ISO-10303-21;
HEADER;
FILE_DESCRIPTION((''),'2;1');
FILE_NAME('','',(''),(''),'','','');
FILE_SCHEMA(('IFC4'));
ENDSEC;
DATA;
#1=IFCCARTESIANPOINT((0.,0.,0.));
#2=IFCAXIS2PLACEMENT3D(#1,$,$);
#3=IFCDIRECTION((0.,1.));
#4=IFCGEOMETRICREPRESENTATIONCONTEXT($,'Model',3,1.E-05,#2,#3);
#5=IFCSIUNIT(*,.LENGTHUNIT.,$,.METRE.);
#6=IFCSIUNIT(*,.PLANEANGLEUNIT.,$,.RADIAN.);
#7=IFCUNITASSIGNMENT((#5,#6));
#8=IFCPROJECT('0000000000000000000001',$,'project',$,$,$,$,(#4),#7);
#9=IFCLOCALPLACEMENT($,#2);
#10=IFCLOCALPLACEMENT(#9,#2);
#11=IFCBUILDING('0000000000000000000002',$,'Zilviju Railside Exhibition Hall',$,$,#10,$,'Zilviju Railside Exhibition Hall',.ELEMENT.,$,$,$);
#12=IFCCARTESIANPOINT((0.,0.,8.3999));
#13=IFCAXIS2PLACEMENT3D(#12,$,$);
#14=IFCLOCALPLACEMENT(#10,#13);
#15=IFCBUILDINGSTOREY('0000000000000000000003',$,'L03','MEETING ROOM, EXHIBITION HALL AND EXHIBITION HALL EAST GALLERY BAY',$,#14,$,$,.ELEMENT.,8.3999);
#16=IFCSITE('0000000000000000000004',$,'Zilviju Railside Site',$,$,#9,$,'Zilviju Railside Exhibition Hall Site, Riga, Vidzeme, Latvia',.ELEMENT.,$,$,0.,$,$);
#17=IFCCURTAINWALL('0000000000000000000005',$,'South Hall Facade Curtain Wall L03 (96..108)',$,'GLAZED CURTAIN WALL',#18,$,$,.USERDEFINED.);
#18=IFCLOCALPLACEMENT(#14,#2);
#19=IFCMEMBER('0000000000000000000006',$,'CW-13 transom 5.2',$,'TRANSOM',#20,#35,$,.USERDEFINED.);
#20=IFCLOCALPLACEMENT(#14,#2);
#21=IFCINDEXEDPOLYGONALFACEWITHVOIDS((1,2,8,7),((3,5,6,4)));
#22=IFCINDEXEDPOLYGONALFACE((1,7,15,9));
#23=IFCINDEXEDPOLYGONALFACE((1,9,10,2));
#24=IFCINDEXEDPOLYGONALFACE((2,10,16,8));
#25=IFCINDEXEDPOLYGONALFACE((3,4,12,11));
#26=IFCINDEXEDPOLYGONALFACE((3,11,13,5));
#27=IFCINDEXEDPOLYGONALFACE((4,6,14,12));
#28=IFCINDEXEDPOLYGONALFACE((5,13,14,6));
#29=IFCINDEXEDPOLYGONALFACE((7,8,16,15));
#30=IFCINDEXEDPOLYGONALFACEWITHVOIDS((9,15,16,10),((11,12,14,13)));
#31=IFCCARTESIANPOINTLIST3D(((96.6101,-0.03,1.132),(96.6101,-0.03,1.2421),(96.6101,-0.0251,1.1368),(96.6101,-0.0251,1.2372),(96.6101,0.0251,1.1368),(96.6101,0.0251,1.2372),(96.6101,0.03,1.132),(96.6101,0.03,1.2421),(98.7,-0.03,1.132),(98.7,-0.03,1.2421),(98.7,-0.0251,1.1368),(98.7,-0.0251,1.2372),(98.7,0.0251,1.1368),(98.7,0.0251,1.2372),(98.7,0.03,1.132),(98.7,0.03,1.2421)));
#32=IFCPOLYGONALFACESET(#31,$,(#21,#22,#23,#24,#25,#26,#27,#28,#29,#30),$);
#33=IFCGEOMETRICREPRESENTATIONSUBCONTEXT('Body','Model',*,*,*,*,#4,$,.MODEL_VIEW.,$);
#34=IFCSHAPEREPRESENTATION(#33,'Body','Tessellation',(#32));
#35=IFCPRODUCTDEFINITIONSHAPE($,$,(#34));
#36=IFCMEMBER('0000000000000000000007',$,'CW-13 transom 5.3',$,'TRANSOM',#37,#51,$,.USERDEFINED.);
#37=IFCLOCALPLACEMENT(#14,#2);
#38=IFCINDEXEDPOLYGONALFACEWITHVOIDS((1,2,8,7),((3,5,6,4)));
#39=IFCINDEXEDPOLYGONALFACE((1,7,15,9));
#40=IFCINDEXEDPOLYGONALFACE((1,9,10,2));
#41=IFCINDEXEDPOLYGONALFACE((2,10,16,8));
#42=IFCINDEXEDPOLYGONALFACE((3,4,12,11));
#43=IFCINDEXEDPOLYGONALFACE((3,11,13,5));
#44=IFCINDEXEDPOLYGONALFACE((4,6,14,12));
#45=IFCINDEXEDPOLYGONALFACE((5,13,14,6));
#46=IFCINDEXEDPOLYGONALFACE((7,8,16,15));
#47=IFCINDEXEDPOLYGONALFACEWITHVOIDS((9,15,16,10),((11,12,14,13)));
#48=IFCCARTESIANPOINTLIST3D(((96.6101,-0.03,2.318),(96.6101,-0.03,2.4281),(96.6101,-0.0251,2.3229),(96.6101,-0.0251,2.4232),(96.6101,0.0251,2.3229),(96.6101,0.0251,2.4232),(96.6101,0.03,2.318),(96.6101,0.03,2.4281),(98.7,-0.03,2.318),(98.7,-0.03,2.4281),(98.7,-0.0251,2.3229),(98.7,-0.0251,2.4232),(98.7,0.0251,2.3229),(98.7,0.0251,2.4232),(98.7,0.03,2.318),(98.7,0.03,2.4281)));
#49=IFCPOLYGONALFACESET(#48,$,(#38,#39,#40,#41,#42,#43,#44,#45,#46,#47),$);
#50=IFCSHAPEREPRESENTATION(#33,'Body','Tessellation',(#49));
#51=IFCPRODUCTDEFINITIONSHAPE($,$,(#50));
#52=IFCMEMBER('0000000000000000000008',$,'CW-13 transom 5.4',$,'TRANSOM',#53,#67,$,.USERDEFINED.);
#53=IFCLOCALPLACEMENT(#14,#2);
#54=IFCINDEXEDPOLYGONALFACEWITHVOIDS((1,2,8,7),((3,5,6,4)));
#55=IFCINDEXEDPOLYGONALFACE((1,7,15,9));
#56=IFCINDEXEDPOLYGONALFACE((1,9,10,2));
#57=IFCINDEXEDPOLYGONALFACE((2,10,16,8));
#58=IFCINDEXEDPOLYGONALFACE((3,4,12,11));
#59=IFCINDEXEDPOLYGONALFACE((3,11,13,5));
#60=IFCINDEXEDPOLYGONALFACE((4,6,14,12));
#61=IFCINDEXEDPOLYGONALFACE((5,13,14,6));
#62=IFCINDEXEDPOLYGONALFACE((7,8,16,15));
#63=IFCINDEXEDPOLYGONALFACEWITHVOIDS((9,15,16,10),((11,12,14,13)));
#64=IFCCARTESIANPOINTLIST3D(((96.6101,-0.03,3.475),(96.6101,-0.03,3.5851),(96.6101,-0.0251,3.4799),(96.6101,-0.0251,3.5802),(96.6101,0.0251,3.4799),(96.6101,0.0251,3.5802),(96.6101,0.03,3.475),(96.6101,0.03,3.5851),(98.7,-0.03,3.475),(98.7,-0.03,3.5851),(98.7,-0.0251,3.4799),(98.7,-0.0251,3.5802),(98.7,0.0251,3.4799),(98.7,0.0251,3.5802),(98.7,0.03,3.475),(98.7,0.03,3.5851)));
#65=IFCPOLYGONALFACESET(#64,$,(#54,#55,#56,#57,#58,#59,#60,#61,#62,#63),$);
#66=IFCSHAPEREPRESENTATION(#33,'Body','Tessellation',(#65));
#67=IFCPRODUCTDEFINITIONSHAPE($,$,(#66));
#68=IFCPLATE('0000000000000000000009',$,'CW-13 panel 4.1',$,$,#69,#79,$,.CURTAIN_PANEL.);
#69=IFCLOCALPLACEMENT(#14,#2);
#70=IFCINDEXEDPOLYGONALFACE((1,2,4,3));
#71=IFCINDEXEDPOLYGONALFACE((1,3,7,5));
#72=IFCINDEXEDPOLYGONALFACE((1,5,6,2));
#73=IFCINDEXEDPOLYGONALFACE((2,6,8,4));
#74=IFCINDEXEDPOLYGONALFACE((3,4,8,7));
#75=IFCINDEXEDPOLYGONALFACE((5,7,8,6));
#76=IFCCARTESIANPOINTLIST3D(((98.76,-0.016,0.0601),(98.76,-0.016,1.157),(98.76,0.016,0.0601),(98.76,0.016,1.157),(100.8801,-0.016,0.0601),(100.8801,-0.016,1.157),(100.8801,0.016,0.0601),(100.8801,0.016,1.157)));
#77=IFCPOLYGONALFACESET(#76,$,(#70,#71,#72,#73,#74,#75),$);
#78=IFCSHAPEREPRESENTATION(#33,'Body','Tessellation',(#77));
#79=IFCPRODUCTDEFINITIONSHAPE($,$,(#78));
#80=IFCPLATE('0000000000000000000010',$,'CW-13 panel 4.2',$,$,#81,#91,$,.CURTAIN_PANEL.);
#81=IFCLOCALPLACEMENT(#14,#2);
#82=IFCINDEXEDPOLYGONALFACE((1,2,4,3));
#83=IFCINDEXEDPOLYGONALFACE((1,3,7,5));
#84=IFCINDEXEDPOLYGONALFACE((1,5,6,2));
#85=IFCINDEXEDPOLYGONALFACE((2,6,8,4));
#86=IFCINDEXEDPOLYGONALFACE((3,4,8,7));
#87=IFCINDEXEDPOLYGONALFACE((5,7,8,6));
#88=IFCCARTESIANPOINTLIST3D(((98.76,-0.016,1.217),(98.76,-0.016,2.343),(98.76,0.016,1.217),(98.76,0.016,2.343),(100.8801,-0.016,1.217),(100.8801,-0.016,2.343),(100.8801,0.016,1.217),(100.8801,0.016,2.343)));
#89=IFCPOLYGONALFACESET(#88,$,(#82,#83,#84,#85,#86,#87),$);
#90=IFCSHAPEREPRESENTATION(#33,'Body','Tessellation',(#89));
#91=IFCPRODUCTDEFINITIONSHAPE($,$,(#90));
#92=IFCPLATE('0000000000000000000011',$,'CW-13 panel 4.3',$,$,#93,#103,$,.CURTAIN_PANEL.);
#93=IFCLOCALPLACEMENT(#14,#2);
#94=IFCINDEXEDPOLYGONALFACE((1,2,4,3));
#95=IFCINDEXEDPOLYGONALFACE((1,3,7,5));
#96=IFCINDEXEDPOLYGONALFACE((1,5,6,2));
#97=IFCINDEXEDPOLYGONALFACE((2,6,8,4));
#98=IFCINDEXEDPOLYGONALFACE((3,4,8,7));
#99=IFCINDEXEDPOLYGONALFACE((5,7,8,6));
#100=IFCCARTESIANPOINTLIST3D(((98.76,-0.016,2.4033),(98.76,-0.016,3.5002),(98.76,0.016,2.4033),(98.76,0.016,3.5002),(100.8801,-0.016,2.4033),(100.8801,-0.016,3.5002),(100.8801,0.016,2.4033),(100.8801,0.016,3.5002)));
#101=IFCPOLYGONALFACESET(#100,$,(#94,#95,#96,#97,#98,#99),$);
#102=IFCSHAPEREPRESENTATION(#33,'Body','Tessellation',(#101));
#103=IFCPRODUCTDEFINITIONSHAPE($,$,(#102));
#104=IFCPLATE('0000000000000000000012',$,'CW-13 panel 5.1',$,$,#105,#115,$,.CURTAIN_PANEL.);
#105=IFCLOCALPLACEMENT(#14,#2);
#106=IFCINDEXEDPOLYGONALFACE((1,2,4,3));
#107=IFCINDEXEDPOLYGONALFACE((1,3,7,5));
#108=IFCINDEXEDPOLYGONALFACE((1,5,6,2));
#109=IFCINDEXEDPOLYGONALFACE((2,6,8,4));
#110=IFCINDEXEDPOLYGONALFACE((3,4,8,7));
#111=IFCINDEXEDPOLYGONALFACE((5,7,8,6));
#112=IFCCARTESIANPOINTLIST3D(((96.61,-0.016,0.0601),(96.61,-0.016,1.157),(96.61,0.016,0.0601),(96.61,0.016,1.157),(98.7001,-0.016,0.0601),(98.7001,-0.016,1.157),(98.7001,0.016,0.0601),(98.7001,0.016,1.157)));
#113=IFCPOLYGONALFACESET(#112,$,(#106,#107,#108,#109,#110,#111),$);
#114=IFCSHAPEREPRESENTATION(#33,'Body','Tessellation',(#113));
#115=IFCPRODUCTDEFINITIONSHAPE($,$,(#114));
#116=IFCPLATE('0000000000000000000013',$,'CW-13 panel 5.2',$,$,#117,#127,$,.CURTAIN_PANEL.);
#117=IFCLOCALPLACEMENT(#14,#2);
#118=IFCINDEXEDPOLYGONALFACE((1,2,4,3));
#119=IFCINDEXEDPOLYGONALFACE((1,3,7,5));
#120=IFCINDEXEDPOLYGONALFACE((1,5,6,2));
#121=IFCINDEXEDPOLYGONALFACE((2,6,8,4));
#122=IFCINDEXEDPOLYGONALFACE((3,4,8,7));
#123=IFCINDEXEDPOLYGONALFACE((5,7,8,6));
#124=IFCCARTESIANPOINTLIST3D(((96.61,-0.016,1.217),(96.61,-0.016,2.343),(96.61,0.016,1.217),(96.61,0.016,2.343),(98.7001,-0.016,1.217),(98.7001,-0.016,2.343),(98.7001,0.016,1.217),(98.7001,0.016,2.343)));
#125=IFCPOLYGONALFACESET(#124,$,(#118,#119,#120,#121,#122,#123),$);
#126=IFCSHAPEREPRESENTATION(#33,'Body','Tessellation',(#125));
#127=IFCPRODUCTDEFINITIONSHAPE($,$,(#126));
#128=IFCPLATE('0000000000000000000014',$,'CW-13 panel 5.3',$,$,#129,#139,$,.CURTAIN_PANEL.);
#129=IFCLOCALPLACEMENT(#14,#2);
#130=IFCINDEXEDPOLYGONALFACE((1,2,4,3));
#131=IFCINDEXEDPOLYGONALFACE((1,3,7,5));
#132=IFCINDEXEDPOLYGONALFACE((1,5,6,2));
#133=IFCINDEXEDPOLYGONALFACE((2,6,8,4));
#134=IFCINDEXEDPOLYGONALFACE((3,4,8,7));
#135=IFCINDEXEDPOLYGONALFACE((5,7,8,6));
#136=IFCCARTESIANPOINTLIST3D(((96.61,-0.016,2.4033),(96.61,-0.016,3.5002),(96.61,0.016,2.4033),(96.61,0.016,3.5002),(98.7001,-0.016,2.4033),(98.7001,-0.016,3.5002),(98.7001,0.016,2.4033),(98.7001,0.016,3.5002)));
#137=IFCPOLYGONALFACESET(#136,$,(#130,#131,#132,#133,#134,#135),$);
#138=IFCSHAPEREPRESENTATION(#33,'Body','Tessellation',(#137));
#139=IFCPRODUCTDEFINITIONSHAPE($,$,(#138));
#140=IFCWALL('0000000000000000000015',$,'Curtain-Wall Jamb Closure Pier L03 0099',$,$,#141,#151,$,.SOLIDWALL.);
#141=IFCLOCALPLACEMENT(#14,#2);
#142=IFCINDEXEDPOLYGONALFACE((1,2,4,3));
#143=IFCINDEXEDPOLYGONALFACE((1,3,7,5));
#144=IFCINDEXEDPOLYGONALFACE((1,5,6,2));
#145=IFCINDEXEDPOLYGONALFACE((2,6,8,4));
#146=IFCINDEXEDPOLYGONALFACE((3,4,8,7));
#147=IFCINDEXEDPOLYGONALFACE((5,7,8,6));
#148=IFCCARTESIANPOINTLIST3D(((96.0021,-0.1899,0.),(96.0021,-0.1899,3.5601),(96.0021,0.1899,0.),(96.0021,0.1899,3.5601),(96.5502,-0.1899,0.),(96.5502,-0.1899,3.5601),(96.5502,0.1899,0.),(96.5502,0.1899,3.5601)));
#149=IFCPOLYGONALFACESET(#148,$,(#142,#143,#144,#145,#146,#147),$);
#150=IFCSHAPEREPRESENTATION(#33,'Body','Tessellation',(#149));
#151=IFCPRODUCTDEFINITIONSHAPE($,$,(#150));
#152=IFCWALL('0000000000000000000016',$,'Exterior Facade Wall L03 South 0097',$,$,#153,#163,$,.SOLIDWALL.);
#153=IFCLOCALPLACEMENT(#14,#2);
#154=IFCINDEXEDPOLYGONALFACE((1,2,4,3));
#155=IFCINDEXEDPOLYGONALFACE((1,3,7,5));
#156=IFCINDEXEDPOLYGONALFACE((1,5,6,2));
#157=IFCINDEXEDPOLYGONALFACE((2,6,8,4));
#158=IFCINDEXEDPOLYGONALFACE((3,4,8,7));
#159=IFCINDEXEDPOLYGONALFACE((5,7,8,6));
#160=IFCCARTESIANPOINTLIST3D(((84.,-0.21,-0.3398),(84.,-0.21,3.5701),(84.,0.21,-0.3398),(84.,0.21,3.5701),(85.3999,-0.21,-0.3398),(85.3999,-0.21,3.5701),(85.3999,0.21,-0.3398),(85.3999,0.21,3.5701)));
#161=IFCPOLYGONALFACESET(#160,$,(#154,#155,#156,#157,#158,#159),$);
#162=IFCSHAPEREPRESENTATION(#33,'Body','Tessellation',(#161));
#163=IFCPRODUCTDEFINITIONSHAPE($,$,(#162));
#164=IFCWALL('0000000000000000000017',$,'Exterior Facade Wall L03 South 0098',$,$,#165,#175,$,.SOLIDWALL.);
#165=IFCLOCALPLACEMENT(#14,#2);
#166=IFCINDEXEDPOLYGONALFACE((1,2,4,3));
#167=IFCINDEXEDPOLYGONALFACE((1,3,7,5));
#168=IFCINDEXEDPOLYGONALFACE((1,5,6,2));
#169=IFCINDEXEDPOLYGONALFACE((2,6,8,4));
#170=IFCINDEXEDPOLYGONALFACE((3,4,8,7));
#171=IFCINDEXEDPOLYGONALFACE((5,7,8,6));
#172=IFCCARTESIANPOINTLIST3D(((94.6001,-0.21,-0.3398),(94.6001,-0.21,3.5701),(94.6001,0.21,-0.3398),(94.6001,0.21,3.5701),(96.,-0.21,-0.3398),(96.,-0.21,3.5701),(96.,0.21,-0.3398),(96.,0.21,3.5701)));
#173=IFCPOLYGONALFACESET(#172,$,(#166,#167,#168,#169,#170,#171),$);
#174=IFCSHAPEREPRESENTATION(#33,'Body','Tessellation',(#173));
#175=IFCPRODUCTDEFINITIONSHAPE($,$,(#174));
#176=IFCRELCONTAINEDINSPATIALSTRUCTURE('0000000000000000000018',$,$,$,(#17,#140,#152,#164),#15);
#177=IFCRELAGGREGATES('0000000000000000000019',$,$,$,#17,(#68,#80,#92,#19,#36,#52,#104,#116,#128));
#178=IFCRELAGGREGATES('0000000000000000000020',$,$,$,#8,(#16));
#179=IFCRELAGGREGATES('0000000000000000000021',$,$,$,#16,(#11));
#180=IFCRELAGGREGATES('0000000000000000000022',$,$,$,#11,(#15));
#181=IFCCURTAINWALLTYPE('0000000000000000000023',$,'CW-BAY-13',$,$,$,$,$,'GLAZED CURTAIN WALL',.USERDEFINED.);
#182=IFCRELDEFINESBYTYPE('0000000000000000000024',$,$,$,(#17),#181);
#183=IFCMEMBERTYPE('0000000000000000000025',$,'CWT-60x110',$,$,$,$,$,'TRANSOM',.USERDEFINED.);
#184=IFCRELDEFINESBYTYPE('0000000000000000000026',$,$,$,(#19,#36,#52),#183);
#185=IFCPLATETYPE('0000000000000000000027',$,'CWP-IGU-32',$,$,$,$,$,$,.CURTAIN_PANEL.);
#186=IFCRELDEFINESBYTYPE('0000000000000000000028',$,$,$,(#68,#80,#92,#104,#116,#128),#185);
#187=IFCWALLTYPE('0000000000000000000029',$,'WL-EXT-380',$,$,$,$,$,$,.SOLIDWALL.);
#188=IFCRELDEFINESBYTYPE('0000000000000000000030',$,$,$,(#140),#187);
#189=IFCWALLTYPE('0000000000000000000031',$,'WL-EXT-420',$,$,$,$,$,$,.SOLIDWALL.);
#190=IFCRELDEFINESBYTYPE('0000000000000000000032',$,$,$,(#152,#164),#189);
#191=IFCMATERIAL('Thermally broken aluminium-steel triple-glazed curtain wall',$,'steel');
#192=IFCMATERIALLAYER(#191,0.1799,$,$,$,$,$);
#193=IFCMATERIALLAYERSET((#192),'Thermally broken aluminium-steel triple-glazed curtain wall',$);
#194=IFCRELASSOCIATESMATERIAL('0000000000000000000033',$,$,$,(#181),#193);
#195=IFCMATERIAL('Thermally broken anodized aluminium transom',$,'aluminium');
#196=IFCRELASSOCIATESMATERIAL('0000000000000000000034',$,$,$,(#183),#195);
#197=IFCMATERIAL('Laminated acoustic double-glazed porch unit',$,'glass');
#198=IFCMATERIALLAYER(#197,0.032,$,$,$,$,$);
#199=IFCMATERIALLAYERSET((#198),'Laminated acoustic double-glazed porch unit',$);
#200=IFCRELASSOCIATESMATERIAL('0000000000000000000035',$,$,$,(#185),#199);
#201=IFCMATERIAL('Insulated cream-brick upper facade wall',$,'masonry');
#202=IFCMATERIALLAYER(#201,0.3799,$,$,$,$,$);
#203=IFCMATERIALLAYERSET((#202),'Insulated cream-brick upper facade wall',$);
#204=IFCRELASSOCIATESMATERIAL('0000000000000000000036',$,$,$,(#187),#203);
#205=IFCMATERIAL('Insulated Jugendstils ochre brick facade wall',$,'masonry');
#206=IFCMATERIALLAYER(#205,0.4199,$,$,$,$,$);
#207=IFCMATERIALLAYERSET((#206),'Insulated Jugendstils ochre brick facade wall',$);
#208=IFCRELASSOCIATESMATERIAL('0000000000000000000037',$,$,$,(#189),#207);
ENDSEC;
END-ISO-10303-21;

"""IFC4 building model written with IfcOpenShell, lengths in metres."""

from ifc_helpers import new_model, si_unit, direction, frame, frame_2d, origin, origin_2d, place, context, subcontext, project, spatial, rectangle, hollow_rectangle, extrude, material, layer, layer_set, material_profile, profile_set, type_object, element, aggregate, save


model = new_model("IFC4")

# Units and contexts
model_context = context("Model", 3, precision=1e-05, world=origin(), true_north=direction((0.0, 1.0)))
body_context = subcontext(model_context, "Body", "Model", "MODEL_VIEW")
ifc_project = project(units=[si_unit("LENGTHUNIT", "METRE"), si_unit("PLANEANGLEUNIT", "RADIAN")], contexts=[model_context])

# Site, building, storey
site_placement = place(None, origin())
site = spatial("IfcSite", under=ifc_project, at=site_placement, Name="Zilviju Railside Site", LongName="Zilviju Railside Exhibition Hall Site, Riga, Vidzeme, Latvia", CompositionType="ELEMENT", RefElevation=0.0)
building_placement = place(site_placement, origin())
building = spatial("IfcBuilding", under=site, at=building_placement, Name="Zilviju Railside Exhibition Hall", LongName="Zilviju Railside Exhibition Hall", CompositionType="ELEMENT")
storey_placement = place(building_placement, frame((0.0, 0.0, 8.3999)))
storey = spatial("IfcBuildingStorey", under=building, at=storey_placement, Name="L03", Description="MEETING ROOM, EXHIBITION HALL AND EXHIBITION HALL EAST GALLERY BAY", CompositionType="ELEMENT", Elevation=8.3999)

# Curtain wall, members, plates
ifc_material_1 = material(Name="Thermally broken aluminium-steel triple-glazed curtain wall", Category="steel")
ifc_layer_1 = layer(ifc_material_1, 0.1799)
ifc_layer_set_1 = layer_set([ifc_layer_1], Name="Thermally broken aluminium-steel triple-glazed curtain wall")
curtain_wall_type = type_object("IfcCurtainWallType", Name="CW-BAY-13", ElementType="GLAZED CURTAIN WALL", PredefinedType="USERDEFINED", material=ifc_layer_set_1)
curtain_wall_placement = place(storey_placement, origin())
curtain_wall = element("IfcCurtainWall", 1, at=curtain_wall_placement, inside=storey, type_object=curtain_wall_type, Name="South Hall Facade Curtain Wall L03 (96..108)", ObjectType="GLAZED CURTAIN WALL", PredefinedType="USERDEFINED")
ifc_material_2 = material(Name="Thermally broken anodized aluminium transom", Category="aluminium")
ifc_material_profile_1 = material_profile(ifc_material_2, hollow_rectangle(XDim=0.0601, YDim=0.1101, WallThickness=0.0049, at=origin_2d()), Name="TRANSOM 110x60x5")
ifc_profile_set_1 = profile_set([ifc_material_profile_1], Name="Thermally broken anodized aluminium transom")
member_type_1 = type_object("IfcMemberType", Name="CWT-60x110", ElementType="TRANSOM", PredefinedType="USERDEFINED", material=ifc_profile_set_1)
member_1_placement = place(storey_placement, frame((98.7, 0.0, 1.187), z_axis=(-1.0, 0.0, 0.0), x_axis=(0.0, -1.0, 0.0)))
member_1 = element("IfcMember", 2, at=member_1_placement, type_object=member_type_1, Name="CW-13 transom 5.2", ObjectType="TRANSOM", PredefinedType="USERDEFINED", context=body_context, shape_type="SweptSolid", body=[
    extrude(hollow_rectangle(XDim=0.0601, YDim=0.1101, WallThickness=0.0049, at=origin_2d()), origin(), (0.0, 0.0, 1.0), 2.0898),
])
member_2_placement = place(storey_placement, frame((98.7, 0.0, 2.373), z_axis=(-1.0, 0.0, 0.0), x_axis=(0.0, -1.0, 0.0)))
member_2 = element("IfcMember", 3, at=member_2_placement, type_object=member_type_1, Name="CW-13 transom 5.3", ObjectType="TRANSOM", PredefinedType="USERDEFINED", context=body_context, shape_type="SweptSolid", body=[
    extrude(hollow_rectangle(XDim=0.0601, YDim=0.1101, WallThickness=0.0049, at=origin_2d()), origin(), (0.0, 0.0, 1.0), 2.0898),
])
member_3_placement = place(storey_placement, frame((98.7, 0.0, 3.53), z_axis=(-1.0, 0.0, 0.0), x_axis=(0.0, -1.0, 0.0)))
member_3 = element("IfcMember", 4, at=member_3_placement, type_object=member_type_1, Name="CW-13 transom 5.4", ObjectType="TRANSOM", PredefinedType="USERDEFINED", context=body_context, shape_type="SweptSolid", body=[
    extrude(hollow_rectangle(XDim=0.0601, YDim=0.1101, WallThickness=0.0049, at=origin_2d()), origin(), (0.0, 0.0, 1.0), 2.0898),
])
ifc_material_3 = material(Name="Laminated acoustic double-glazed porch unit", Category="glass")
ifc_layer_2 = layer(ifc_material_3, 0.032)
ifc_layer_set_2 = layer_set([ifc_layer_2], Name="Laminated acoustic double-glazed porch unit")
plate_type = type_object("IfcPlateType", Name="CWP-IGU-32", PredefinedType="CURTAIN_PANEL", material=ifc_layer_set_2)
plate_1_placement = place(storey_placement, frame((99.8201, 0.0, 0.0601), z_axis=(0.0, 0.0, 1.0), x_axis=(-1.0, 0.0, 0.0)))
plate_1 = element("IfcPlate", 5, at=plate_1_placement, type_object=plate_type, Name="CW-13 panel 4.1", PredefinedType="CURTAIN_PANEL", context=body_context, shape_type="SweptSolid", body=[
    extrude(rectangle(XDim=2.1201, YDim=0.032, at=origin_2d()), origin(), (0.0, 0.0, 1.0), 1.0969),
])
plate_2_placement = place(storey_placement, frame((99.8201, 0.0, 1.217), z_axis=(0.0, 0.0, 1.0), x_axis=(-1.0, 0.0, 0.0)))
plate_2 = element("IfcPlate", 6, at=plate_2_placement, type_object=plate_type, Name="CW-13 panel 4.2", PredefinedType="CURTAIN_PANEL", context=body_context, shape_type="SweptSolid", body=[
    extrude(rectangle(XDim=2.1201, YDim=0.032, at=origin_2d()), origin(), (0.0, 0.0, 1.0), 1.126),
])
plate_3_placement = place(storey_placement, frame((99.8201, 0.0, 2.4033), z_axis=(0.0, 0.0, 1.0), x_axis=(-1.0, 0.0, 0.0)))
plate_3 = element("IfcPlate", 7, at=plate_3_placement, type_object=plate_type, Name="CW-13 panel 4.3", PredefinedType="CURTAIN_PANEL", context=body_context, shape_type="SweptSolid", body=[
    extrude(rectangle(XDim=2.1201, YDim=0.032, at=origin_2d()), origin(), (0.0, 0.0, 1.0), 1.0969),
])
plate_4_placement = place(storey_placement, frame((97.655, 0.0, 0.0601), z_axis=(0.0, 0.0, 1.0), x_axis=(-1.0, 0.0, 0.0)))
plate_4 = element("IfcPlate", 8, at=plate_4_placement, type_object=plate_type, Name="CW-13 panel 5.1", PredefinedType="CURTAIN_PANEL", context=body_context, shape_type="SweptSolid", body=[
    extrude(rectangle(XDim=2.0901, YDim=0.032, at=origin_2d()), origin(), (0.0, 0.0, 1.0), 1.0969),
])
plate_5_placement = place(storey_placement, frame((97.655, 0.0, 1.217), z_axis=(0.0, 0.0, 1.0), x_axis=(-1.0, 0.0, 0.0)))
plate_5 = element("IfcPlate", 9, at=plate_5_placement, type_object=plate_type, Name="CW-13 panel 5.2", PredefinedType="CURTAIN_PANEL", context=body_context, shape_type="SweptSolid", body=[
    extrude(rectangle(XDim=2.0901, YDim=0.032, at=origin_2d()), origin(), (0.0, 0.0, 1.0), 1.126),
])
plate_6_placement = place(storey_placement, frame((97.655, 0.0, 2.4033), z_axis=(0.0, 0.0, 1.0), x_axis=(-1.0, 0.0, 0.0)))
plate_6 = element("IfcPlate", 10, at=plate_6_placement, type_object=plate_type, Name="CW-13 panel 5.3", PredefinedType="CURTAIN_PANEL", context=body_context, shape_type="SweptSolid", body=[
    extrude(rectangle(XDim=2.0901, YDim=0.032, at=origin_2d()), origin(), (0.0, 0.0, 1.0), 1.0969),
])
aggregate(curtain_wall, [plate_1, plate_2, plate_3, member_1, member_2, member_3, plate_4, plate_5, plate_6])

# Walls
ifc_material_4 = material(Name="Insulated cream-brick upper facade wall", Category="masonry")
ifc_layer_3 = layer(ifc_material_4, 0.3799)
ifc_layer_set_3 = layer_set([ifc_layer_3], Name="Insulated cream-brick upper facade wall")
wall_type_1 = type_object("IfcWallType", Name="WL-EXT-380", PredefinedType="SOLIDWALL", material=ifc_layer_set_3)
wall_placement = place(storey_placement, frame((96.55, 0.0, 0.0), z_axis=(0.0, 0.0, 1.0), x_axis=(-1.0, 0.0, 0.0)))
element("IfcWall", 11, at=wall_placement, inside=storey, type_object=wall_type_1, Name="Curtain-Wall Jamb Closure Pier L03 0099", PredefinedType="SOLIDWALL", context=body_context, shape_type="SweptSolid", body=[
    extrude(rectangle(XDim=0.5481, YDim=0.3799, at=frame_2d((0.2739, 0.0))), origin(), (0.0, 0.0, 1.0), 3.5601),
])
ifc_material_5 = material(Name="Insulated Jugendstils ochre brick facade wall", Category="masonry")
ifc_layer_4 = layer(ifc_material_5, 0.4199)
ifc_layer_set_4 = layer_set([ifc_layer_4], Name="Insulated Jugendstils ochre brick facade wall")
wall_type_2 = type_object("IfcWallType", Name="WL-EXT-420", PredefinedType="SOLIDWALL", material=ifc_layer_set_4)
for number, where, z_axis, x_axis, name in (
    (12, (85.3999, 0.0, -0.3398), (0.0, 0.0, 1.0), (-1.0, 0.0, 0.0), "Exterior Facade Wall L03 South 0097"),
    (13, (96.0, 0.0, -0.3398), (0.0, 0.0, 1.0), (-1.0, 0.0, 0.0), "Exterior Facade Wall L03 South 0098"),
):
    element("IfcWall", number, at=place(storey_placement, frame(where, z_axis=z_axis, x_axis=x_axis)), inside=storey, type_object=wall_type_2, Name=name, PredefinedType="SOLIDWALL", context=body_context, shape_type="SweptSolid", body=[
        extrude(rectangle(XDim=1.3999, YDim=0.4199, at=frame_2d((0.7, 0.0))), origin(), (0.0, 0.0, 1.0), 3.9099),
    ])

save(model, "model.ifc")
